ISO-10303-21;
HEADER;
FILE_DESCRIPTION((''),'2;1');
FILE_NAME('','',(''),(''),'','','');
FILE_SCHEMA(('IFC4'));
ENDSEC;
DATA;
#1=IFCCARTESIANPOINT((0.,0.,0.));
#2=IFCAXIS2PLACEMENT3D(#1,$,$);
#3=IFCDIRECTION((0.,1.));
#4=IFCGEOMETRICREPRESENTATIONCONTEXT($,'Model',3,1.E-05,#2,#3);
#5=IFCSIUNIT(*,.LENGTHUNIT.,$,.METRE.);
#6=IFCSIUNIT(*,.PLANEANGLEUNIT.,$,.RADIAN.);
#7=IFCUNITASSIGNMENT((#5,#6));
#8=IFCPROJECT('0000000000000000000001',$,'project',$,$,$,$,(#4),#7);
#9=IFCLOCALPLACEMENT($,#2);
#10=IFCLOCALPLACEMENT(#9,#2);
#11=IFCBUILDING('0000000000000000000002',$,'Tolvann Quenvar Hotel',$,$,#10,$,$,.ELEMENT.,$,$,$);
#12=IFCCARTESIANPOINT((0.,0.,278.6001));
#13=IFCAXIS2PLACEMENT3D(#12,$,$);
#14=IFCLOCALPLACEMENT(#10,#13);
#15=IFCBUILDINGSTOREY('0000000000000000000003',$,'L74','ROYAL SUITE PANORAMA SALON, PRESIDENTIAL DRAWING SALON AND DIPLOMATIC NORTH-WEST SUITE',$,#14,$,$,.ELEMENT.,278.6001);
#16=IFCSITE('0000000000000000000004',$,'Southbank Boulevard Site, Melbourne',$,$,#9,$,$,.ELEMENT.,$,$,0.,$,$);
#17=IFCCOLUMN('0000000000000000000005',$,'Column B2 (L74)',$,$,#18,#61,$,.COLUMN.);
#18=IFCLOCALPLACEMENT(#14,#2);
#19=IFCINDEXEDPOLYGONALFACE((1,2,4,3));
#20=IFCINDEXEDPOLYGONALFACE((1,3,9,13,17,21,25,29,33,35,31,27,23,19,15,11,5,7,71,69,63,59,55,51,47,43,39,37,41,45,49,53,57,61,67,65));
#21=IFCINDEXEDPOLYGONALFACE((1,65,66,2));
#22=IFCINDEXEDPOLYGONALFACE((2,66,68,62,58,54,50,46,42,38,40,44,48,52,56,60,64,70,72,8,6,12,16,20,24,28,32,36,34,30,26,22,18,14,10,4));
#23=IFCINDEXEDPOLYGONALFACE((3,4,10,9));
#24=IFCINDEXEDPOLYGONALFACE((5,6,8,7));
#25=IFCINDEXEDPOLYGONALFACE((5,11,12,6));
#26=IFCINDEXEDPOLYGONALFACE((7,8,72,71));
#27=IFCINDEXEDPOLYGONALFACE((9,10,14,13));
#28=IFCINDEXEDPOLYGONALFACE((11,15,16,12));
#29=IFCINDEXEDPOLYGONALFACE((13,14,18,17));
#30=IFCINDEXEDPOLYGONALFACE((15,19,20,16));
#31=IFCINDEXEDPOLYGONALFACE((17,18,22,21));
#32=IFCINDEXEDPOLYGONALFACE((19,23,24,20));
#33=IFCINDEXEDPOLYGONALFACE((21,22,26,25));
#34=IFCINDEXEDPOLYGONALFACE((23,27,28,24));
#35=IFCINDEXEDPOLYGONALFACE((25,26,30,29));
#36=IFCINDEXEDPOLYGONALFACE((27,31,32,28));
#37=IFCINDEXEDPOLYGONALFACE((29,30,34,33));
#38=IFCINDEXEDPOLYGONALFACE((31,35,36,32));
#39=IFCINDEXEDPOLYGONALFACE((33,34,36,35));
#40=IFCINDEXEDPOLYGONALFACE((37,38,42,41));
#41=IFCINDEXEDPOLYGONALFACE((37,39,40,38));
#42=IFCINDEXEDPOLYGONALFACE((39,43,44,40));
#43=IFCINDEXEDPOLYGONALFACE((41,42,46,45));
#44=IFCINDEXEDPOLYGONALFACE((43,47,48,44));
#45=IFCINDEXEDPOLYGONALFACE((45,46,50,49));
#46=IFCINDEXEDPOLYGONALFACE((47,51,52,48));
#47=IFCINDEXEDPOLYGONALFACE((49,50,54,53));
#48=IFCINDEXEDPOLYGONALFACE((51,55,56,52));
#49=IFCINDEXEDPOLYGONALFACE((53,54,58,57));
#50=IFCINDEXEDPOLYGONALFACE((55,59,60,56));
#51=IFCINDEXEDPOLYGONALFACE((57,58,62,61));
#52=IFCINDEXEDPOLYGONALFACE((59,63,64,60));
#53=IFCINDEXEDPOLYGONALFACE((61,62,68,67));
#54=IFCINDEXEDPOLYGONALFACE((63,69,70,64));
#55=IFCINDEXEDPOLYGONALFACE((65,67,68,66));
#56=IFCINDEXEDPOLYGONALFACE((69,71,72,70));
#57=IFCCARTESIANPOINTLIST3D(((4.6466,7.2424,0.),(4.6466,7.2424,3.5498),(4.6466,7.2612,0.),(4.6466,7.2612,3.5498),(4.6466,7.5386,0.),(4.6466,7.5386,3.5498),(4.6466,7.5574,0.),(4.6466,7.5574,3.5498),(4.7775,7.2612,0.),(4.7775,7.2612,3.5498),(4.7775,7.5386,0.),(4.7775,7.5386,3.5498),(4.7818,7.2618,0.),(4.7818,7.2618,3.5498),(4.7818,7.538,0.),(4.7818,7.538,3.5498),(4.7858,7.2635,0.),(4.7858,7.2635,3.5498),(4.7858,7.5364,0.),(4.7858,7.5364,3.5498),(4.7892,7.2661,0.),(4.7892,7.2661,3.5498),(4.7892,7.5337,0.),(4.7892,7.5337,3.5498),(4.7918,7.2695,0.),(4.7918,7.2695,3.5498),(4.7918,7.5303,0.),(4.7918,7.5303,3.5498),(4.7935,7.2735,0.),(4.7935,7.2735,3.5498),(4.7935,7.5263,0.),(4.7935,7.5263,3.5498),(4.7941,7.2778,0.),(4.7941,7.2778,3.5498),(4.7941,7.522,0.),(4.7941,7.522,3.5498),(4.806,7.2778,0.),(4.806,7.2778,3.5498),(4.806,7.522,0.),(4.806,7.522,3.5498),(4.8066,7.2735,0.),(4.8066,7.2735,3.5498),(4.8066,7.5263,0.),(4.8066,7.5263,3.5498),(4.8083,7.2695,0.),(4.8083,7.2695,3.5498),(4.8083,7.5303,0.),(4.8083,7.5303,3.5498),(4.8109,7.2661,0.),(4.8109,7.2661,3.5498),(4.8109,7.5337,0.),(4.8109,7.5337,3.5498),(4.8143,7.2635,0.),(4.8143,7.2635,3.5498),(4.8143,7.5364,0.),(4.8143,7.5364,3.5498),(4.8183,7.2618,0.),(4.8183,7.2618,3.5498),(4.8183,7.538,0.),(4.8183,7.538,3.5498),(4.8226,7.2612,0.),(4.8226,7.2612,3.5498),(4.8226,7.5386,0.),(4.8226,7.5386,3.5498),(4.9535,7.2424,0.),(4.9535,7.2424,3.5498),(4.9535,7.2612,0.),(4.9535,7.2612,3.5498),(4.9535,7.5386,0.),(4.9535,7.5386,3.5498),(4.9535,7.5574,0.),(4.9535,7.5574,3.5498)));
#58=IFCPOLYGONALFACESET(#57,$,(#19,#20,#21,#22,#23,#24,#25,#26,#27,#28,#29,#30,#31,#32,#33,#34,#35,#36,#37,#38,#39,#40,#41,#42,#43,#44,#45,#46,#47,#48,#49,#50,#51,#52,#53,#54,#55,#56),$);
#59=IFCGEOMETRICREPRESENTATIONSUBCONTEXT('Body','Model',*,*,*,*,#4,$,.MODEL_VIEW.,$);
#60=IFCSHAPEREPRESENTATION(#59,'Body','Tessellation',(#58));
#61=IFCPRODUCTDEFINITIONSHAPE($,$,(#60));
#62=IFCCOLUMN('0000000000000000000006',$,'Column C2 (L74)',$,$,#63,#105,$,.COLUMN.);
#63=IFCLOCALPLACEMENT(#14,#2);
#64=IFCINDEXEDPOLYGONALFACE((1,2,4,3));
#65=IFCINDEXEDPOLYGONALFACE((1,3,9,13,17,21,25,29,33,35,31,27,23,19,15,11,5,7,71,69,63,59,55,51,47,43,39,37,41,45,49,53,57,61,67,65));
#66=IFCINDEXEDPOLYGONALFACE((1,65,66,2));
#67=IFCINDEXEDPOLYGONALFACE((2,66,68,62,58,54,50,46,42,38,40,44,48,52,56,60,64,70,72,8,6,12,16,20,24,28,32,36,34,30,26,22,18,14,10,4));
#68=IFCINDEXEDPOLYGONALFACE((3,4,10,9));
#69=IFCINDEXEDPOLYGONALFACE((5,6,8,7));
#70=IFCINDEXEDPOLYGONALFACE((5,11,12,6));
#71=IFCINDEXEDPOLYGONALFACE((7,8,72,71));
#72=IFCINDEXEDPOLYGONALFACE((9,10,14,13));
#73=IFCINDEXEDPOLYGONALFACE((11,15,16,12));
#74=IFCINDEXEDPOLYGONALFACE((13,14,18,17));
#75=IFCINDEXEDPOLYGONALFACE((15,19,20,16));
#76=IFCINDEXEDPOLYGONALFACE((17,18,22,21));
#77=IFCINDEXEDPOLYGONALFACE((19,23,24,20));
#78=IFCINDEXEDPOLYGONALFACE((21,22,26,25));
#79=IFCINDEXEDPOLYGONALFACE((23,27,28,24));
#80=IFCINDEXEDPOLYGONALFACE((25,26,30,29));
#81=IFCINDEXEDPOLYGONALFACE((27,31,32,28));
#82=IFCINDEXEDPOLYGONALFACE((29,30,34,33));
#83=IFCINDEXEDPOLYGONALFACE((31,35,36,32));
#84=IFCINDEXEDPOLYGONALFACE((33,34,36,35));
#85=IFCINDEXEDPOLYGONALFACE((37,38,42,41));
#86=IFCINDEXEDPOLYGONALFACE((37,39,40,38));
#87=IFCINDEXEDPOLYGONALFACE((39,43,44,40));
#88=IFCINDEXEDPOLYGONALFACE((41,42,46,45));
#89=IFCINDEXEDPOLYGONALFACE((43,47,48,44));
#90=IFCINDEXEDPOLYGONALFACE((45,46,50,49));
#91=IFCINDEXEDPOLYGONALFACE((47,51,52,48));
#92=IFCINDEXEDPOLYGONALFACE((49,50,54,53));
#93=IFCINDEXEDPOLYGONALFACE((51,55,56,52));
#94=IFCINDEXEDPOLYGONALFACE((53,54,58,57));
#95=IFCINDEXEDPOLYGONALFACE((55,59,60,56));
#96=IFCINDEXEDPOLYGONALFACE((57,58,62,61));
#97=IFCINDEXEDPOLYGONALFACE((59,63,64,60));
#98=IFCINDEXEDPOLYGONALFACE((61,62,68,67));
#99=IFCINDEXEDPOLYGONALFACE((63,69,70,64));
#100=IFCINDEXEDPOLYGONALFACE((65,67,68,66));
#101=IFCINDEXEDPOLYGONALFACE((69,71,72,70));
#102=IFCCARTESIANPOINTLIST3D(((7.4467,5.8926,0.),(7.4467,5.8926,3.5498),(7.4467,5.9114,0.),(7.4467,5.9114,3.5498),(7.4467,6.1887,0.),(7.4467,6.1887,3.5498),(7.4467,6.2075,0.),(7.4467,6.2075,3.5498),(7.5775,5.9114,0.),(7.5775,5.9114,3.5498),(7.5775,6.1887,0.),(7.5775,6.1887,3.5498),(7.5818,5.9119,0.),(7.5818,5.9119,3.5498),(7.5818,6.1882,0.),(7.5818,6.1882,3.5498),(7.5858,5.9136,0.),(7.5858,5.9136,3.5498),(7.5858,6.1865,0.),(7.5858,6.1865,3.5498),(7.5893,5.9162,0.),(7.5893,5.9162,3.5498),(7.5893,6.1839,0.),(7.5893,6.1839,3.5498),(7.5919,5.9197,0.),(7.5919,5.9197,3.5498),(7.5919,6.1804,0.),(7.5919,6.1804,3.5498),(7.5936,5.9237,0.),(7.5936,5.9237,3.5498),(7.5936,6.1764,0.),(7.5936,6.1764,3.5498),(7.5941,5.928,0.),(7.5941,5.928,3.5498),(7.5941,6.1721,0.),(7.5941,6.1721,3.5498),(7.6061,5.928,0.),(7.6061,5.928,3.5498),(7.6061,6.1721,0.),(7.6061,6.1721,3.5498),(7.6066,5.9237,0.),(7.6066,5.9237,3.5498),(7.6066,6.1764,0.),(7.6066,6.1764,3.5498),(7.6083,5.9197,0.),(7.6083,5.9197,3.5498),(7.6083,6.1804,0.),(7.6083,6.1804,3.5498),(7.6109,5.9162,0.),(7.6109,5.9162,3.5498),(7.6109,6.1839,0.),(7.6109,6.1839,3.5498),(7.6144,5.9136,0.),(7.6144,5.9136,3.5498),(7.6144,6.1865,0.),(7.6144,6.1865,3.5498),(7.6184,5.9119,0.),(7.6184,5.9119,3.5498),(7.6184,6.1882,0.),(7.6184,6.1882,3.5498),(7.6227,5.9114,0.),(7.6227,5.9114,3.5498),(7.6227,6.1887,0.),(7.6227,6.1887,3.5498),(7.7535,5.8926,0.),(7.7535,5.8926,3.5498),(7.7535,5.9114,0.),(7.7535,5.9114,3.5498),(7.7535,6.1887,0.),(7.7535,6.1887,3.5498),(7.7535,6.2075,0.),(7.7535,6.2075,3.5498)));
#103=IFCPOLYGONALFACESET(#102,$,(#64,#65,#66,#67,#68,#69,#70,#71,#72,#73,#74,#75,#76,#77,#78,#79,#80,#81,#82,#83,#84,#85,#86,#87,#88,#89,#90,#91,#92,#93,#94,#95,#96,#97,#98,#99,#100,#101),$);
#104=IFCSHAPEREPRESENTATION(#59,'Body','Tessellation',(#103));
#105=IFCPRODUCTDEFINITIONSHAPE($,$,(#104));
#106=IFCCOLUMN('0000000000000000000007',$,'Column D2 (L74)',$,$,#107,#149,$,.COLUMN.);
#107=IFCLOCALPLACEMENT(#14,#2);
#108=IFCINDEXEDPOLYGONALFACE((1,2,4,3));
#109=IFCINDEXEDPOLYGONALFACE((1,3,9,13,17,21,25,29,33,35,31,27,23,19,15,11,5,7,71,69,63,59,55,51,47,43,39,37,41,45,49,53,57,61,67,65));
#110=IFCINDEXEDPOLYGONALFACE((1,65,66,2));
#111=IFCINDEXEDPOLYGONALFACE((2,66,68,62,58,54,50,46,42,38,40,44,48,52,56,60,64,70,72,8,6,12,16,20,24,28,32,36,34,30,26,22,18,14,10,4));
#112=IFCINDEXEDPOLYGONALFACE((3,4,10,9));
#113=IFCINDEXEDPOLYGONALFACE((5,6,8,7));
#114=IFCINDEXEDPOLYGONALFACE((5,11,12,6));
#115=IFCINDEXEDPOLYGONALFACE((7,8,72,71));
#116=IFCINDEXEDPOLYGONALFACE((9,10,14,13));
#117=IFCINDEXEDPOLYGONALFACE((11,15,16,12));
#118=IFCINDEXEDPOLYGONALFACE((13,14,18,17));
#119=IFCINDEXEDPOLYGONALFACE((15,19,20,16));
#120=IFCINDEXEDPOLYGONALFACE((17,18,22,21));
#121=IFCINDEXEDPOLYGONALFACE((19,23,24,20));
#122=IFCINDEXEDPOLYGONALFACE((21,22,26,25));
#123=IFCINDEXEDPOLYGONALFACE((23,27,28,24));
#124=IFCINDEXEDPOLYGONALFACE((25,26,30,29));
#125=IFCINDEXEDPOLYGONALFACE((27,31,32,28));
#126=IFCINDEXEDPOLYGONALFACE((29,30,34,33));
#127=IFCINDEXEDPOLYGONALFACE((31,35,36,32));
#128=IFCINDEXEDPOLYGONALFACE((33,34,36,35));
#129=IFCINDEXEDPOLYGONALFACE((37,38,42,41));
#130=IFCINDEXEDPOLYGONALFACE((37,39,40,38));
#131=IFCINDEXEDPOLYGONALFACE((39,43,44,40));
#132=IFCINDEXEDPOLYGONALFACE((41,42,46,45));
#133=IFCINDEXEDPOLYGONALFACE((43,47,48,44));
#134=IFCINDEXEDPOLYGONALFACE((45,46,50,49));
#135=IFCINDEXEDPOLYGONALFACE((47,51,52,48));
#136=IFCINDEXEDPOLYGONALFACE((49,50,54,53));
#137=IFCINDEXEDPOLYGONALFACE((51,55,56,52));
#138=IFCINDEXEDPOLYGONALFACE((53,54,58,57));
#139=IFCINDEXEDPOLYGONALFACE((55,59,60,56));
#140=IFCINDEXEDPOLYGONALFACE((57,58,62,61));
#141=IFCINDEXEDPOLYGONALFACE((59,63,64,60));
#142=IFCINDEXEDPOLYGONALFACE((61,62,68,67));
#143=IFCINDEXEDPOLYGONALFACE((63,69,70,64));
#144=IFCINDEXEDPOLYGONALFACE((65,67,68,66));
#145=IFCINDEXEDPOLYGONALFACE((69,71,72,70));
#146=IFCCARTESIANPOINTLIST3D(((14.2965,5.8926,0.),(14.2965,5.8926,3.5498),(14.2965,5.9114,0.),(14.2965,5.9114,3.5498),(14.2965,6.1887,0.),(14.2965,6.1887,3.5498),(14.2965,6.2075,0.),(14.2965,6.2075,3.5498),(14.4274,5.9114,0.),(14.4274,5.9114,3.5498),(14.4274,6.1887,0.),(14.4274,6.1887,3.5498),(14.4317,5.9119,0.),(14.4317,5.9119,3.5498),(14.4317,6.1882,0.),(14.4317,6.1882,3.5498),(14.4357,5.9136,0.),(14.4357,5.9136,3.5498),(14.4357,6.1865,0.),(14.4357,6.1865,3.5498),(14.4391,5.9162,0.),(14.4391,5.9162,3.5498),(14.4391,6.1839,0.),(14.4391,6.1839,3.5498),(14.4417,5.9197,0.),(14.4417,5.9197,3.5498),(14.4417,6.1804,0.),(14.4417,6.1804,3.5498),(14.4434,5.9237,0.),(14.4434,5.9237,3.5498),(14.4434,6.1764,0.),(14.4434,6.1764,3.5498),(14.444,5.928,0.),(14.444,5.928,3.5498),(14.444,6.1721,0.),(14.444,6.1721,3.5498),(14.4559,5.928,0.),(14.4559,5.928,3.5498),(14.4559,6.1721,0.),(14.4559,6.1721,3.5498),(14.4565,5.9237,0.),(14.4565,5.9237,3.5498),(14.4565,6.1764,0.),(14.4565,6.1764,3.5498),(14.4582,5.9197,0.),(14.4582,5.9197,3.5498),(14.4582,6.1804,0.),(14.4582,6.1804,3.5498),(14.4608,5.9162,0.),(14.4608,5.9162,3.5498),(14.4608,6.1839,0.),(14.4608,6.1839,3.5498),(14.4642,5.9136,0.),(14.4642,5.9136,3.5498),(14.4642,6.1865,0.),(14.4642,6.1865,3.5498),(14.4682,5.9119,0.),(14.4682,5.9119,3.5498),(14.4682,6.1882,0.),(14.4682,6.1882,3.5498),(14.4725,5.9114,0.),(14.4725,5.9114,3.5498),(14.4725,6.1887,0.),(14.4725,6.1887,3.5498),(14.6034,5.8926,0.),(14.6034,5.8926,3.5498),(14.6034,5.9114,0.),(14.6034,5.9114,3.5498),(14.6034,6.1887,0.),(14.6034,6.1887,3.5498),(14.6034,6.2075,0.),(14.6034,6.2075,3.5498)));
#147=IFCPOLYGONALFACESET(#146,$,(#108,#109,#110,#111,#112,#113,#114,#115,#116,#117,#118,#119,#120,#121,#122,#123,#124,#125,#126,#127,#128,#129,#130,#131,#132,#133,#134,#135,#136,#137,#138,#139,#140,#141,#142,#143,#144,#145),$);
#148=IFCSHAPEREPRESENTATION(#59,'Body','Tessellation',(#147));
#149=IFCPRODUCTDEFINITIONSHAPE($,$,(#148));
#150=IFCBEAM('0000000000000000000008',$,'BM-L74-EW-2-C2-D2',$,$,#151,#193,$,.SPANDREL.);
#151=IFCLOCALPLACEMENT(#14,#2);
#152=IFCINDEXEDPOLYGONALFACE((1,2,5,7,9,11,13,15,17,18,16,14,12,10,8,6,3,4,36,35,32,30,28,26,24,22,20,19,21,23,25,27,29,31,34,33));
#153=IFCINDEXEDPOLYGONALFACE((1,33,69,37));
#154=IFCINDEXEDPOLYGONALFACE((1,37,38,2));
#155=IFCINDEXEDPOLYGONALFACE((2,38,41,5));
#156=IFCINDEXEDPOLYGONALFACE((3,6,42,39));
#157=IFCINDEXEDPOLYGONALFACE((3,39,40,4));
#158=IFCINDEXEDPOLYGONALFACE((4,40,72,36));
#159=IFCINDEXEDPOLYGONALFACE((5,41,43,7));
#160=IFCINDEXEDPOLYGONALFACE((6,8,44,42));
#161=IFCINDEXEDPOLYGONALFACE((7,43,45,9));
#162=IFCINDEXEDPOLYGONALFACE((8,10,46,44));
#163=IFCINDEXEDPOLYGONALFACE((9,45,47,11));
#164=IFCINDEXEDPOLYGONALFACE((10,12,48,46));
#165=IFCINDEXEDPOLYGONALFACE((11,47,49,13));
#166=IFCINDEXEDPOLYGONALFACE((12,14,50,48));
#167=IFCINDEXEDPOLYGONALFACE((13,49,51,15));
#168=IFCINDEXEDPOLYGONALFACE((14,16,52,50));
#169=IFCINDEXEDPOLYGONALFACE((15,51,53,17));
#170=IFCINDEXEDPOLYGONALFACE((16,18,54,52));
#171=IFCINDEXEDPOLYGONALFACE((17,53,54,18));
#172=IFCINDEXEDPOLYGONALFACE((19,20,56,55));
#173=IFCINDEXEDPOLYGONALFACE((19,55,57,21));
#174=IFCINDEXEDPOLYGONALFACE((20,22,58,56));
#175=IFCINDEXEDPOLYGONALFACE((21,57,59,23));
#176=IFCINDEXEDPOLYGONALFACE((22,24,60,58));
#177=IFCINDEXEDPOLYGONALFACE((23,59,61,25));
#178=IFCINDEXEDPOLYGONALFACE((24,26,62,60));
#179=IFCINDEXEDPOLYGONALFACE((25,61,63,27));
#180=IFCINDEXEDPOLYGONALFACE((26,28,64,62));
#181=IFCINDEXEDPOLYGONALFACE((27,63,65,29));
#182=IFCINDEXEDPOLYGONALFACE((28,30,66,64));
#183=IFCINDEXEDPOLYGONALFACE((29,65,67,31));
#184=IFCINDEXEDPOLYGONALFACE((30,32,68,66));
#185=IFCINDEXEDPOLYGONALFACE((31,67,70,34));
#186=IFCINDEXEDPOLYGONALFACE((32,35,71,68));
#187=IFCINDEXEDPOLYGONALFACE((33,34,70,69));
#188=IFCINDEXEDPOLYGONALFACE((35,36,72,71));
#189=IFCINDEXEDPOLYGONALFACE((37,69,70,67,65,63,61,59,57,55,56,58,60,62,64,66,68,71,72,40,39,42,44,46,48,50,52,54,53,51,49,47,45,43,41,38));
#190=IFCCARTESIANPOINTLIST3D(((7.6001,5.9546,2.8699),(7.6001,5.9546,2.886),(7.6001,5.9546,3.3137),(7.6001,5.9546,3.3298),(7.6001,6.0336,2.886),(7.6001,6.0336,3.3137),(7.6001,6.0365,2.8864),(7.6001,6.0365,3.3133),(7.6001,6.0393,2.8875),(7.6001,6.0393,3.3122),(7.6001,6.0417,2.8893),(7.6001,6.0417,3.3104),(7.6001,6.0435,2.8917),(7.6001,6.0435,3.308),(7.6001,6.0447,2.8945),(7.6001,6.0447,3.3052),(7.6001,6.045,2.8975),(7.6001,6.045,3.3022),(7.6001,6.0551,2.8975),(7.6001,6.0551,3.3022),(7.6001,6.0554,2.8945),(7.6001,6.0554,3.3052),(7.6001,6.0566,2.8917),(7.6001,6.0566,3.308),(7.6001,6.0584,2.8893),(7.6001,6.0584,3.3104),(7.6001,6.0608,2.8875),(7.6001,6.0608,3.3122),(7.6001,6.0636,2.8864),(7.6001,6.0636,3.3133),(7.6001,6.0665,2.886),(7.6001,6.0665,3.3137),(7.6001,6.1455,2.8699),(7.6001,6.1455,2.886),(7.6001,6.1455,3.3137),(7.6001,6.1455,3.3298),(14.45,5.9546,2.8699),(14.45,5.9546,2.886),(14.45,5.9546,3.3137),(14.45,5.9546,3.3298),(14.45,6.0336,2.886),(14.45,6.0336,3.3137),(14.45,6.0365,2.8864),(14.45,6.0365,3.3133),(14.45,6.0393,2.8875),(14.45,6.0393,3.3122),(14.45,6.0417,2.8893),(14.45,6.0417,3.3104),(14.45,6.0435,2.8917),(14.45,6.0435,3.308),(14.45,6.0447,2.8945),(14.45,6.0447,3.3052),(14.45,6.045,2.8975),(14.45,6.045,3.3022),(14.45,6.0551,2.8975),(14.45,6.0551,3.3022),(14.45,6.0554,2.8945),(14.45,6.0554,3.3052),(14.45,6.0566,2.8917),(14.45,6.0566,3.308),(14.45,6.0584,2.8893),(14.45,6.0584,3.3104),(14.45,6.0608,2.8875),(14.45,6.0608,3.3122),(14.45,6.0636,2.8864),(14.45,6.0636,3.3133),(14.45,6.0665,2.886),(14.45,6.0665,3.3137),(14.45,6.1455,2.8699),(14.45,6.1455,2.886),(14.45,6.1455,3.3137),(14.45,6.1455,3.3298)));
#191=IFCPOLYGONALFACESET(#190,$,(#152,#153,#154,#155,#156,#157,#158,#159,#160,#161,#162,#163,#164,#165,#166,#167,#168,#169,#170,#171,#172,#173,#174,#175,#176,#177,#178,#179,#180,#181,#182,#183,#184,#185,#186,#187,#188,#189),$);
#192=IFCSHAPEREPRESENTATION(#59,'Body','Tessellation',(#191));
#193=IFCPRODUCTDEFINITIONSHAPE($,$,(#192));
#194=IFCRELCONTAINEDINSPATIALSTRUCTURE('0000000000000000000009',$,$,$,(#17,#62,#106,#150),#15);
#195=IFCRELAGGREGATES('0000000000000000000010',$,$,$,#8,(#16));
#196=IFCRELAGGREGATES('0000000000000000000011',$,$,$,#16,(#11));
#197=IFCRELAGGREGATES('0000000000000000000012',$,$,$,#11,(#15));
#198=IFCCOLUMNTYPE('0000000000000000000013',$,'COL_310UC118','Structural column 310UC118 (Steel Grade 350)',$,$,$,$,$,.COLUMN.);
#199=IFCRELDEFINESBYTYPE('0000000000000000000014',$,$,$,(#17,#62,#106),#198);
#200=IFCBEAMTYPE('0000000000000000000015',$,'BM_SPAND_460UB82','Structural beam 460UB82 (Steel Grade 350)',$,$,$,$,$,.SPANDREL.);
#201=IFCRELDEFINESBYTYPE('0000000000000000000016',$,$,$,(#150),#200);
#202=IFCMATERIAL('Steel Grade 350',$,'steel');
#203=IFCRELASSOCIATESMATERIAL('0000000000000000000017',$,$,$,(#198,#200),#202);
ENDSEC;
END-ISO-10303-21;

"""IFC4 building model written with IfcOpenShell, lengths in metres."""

from ifc_helpers import new_model, si_unit, direction, frame, origin, origin_2d, place, context, subcontext, project, spatial, i_section, extrude, source, transform, mapped, material, material_profile, profile_set, type_object, type_shapes, element, save


model = new_model("IFC4")

# Units and contexts
model_context = context("Model", 3, precision=1e-05, world=origin(), true_north=direction((0.0, 1.0)))
body_context = subcontext(model_context, "Body", "Model", "MODEL_VIEW")
ifc_project = project(units=[si_unit("LENGTHUNIT", "METRE"), si_unit("PLANEANGLEUNIT", "RADIAN")], contexts=[model_context])

# Site, building, storey
site_placement = place(None, origin())
site = spatial("IfcSite", under=ifc_project, at=site_placement, Name="Southbank Boulevard Site, Melbourne", CompositionType="ELEMENT", RefElevation=0.0)
building_placement = place(site_placement, origin())
building = spatial("IfcBuilding", under=site, at=building_placement, Name="Tolvann Quenvar Hotel", CompositionType="ELEMENT")
storey_placement = place(building_placement, frame((0.0, 0.0, 278.6001)))
storey = spatial("IfcBuildingStorey", under=building, at=storey_placement, Name="L74", Description="ROYAL SUITE PANORAMA SALON, PRESIDENTIAL DRAWING SALON AND DIPLOMATIC NORTH-WEST SUITE", CompositionType="ELEMENT", Elevation=278.6001)

# Columns
ifc_material_1 = material(Name="Steel Grade 350", Category="steel")
ifc_material_profile_1 = material_profile(ifc_material_1, i_section(OverallWidth=0.3069, OverallDepth=0.3149, WebThickness=0.012, FlangeThickness=0.0188, FilletRadius=0.0166, at=origin_2d()), Name="310UC118")
ifc_profile_set_1 = profile_set([ifc_material_profile_1], Name="Steel Grade 350")
column_type = type_object("IfcColumnType", Name="COL_310UC118", Description="Structural column 310UC118 (Steel Grade 350)", PredefinedType="COLUMN", material=ifc_profile_set_1)
shared_shape_1 = source(origin(), body_context, "Body", "SweptSolid", [
    extrude(i_section(OverallWidth=0.3069, OverallDepth=0.3149, WebThickness=0.012, FlangeThickness=0.0188, FilletRadius=0.0166, at=origin_2d()), origin(), (0.0, 0.0, 1.0), 3.5498),
])
type_shapes(column_type, [shared_shape_1])
for number, where, z_axis, x_axis, name in (
    (1, (4.8, 7.3999, 0.0), (0.0, 0.0, 1.0), (1.0, 0.0, 0.0), "Column B2 (L74)"),
    (2, (7.6001, 6.05, 0.0), (0.0, 0.0, 1.0), (1.0, 0.0, 0.0), "Column C2 (L74)"),
    (3, (14.45, 6.05, 0.0), (0.0, 0.0, 1.0), (1.0, 0.0, 0.0), "Column D2 (L74)"),
):
    element("IfcColumn", number, at=place(storey_placement, frame(where, z_axis=z_axis, x_axis=x_axis)), inside=storey, type_object=column_type, Name=name, PredefinedType="COLUMN", context=body_context, shape_type="MappedRepresentation", body=[
        mapped(shared_shape_1, transform((0.0, 0.0, 0.0), x_axis=(1.0, 0.0, 0.0), y_axis=(0.0, 1.0, 0.0), z_axis=(0.0, 0.0, 1.0), scale=1.0)),
    ])

# Beam
ifc_material_profile_2 = material_profile(ifc_material_1, i_section(OverallWidth=0.1909, OverallDepth=0.46, WebThickness=0.01, FlangeThickness=0.0161, FilletRadius=0.0115, at=origin_2d()), Name="460UB82")
ifc_profile_set_2 = profile_set([ifc_material_profile_2], Name="Steel Grade 350")
beam_type_1 = type_object("IfcBeamType", Name="BM_SPAND_460UB82", Description="Structural beam 460UB82 (Steel Grade 350)", PredefinedType="SPANDREL", material=ifc_profile_set_2)
shared_shape_2 = source(origin(), body_context, "Body", "SweptSolid", [
    extrude(i_section(OverallWidth=0.1909, OverallDepth=0.46, WebThickness=0.01, FlangeThickness=0.0161, FilletRadius=0.0115, at=origin_2d()), origin(), (0.0, 0.0, 1.0), 6.8499),
])
beam_1_placement = place(storey_placement, frame((7.6001, 6.05, 3.0999), z_axis=(1.0, 0.0, 0.0), x_axis=(0.0, 1.0, 0.0)))
element("IfcBeam", 4, at=beam_1_placement, inside=storey, type_object=beam_type_1, Name="BM-L74-EW-2-C2-D2", PredefinedType="SPANDREL", context=body_context, shape_type="MappedRepresentation", body=[
    mapped(shared_shape_2, transform((0.0, 0.0, 0.0), x_axis=(1.0, 0.0, 0.0), y_axis=(0.0, 1.0, 0.0), z_axis=(0.0, 0.0, 1.0), scale=1.0)),
])

save(model, "model.ifc")
